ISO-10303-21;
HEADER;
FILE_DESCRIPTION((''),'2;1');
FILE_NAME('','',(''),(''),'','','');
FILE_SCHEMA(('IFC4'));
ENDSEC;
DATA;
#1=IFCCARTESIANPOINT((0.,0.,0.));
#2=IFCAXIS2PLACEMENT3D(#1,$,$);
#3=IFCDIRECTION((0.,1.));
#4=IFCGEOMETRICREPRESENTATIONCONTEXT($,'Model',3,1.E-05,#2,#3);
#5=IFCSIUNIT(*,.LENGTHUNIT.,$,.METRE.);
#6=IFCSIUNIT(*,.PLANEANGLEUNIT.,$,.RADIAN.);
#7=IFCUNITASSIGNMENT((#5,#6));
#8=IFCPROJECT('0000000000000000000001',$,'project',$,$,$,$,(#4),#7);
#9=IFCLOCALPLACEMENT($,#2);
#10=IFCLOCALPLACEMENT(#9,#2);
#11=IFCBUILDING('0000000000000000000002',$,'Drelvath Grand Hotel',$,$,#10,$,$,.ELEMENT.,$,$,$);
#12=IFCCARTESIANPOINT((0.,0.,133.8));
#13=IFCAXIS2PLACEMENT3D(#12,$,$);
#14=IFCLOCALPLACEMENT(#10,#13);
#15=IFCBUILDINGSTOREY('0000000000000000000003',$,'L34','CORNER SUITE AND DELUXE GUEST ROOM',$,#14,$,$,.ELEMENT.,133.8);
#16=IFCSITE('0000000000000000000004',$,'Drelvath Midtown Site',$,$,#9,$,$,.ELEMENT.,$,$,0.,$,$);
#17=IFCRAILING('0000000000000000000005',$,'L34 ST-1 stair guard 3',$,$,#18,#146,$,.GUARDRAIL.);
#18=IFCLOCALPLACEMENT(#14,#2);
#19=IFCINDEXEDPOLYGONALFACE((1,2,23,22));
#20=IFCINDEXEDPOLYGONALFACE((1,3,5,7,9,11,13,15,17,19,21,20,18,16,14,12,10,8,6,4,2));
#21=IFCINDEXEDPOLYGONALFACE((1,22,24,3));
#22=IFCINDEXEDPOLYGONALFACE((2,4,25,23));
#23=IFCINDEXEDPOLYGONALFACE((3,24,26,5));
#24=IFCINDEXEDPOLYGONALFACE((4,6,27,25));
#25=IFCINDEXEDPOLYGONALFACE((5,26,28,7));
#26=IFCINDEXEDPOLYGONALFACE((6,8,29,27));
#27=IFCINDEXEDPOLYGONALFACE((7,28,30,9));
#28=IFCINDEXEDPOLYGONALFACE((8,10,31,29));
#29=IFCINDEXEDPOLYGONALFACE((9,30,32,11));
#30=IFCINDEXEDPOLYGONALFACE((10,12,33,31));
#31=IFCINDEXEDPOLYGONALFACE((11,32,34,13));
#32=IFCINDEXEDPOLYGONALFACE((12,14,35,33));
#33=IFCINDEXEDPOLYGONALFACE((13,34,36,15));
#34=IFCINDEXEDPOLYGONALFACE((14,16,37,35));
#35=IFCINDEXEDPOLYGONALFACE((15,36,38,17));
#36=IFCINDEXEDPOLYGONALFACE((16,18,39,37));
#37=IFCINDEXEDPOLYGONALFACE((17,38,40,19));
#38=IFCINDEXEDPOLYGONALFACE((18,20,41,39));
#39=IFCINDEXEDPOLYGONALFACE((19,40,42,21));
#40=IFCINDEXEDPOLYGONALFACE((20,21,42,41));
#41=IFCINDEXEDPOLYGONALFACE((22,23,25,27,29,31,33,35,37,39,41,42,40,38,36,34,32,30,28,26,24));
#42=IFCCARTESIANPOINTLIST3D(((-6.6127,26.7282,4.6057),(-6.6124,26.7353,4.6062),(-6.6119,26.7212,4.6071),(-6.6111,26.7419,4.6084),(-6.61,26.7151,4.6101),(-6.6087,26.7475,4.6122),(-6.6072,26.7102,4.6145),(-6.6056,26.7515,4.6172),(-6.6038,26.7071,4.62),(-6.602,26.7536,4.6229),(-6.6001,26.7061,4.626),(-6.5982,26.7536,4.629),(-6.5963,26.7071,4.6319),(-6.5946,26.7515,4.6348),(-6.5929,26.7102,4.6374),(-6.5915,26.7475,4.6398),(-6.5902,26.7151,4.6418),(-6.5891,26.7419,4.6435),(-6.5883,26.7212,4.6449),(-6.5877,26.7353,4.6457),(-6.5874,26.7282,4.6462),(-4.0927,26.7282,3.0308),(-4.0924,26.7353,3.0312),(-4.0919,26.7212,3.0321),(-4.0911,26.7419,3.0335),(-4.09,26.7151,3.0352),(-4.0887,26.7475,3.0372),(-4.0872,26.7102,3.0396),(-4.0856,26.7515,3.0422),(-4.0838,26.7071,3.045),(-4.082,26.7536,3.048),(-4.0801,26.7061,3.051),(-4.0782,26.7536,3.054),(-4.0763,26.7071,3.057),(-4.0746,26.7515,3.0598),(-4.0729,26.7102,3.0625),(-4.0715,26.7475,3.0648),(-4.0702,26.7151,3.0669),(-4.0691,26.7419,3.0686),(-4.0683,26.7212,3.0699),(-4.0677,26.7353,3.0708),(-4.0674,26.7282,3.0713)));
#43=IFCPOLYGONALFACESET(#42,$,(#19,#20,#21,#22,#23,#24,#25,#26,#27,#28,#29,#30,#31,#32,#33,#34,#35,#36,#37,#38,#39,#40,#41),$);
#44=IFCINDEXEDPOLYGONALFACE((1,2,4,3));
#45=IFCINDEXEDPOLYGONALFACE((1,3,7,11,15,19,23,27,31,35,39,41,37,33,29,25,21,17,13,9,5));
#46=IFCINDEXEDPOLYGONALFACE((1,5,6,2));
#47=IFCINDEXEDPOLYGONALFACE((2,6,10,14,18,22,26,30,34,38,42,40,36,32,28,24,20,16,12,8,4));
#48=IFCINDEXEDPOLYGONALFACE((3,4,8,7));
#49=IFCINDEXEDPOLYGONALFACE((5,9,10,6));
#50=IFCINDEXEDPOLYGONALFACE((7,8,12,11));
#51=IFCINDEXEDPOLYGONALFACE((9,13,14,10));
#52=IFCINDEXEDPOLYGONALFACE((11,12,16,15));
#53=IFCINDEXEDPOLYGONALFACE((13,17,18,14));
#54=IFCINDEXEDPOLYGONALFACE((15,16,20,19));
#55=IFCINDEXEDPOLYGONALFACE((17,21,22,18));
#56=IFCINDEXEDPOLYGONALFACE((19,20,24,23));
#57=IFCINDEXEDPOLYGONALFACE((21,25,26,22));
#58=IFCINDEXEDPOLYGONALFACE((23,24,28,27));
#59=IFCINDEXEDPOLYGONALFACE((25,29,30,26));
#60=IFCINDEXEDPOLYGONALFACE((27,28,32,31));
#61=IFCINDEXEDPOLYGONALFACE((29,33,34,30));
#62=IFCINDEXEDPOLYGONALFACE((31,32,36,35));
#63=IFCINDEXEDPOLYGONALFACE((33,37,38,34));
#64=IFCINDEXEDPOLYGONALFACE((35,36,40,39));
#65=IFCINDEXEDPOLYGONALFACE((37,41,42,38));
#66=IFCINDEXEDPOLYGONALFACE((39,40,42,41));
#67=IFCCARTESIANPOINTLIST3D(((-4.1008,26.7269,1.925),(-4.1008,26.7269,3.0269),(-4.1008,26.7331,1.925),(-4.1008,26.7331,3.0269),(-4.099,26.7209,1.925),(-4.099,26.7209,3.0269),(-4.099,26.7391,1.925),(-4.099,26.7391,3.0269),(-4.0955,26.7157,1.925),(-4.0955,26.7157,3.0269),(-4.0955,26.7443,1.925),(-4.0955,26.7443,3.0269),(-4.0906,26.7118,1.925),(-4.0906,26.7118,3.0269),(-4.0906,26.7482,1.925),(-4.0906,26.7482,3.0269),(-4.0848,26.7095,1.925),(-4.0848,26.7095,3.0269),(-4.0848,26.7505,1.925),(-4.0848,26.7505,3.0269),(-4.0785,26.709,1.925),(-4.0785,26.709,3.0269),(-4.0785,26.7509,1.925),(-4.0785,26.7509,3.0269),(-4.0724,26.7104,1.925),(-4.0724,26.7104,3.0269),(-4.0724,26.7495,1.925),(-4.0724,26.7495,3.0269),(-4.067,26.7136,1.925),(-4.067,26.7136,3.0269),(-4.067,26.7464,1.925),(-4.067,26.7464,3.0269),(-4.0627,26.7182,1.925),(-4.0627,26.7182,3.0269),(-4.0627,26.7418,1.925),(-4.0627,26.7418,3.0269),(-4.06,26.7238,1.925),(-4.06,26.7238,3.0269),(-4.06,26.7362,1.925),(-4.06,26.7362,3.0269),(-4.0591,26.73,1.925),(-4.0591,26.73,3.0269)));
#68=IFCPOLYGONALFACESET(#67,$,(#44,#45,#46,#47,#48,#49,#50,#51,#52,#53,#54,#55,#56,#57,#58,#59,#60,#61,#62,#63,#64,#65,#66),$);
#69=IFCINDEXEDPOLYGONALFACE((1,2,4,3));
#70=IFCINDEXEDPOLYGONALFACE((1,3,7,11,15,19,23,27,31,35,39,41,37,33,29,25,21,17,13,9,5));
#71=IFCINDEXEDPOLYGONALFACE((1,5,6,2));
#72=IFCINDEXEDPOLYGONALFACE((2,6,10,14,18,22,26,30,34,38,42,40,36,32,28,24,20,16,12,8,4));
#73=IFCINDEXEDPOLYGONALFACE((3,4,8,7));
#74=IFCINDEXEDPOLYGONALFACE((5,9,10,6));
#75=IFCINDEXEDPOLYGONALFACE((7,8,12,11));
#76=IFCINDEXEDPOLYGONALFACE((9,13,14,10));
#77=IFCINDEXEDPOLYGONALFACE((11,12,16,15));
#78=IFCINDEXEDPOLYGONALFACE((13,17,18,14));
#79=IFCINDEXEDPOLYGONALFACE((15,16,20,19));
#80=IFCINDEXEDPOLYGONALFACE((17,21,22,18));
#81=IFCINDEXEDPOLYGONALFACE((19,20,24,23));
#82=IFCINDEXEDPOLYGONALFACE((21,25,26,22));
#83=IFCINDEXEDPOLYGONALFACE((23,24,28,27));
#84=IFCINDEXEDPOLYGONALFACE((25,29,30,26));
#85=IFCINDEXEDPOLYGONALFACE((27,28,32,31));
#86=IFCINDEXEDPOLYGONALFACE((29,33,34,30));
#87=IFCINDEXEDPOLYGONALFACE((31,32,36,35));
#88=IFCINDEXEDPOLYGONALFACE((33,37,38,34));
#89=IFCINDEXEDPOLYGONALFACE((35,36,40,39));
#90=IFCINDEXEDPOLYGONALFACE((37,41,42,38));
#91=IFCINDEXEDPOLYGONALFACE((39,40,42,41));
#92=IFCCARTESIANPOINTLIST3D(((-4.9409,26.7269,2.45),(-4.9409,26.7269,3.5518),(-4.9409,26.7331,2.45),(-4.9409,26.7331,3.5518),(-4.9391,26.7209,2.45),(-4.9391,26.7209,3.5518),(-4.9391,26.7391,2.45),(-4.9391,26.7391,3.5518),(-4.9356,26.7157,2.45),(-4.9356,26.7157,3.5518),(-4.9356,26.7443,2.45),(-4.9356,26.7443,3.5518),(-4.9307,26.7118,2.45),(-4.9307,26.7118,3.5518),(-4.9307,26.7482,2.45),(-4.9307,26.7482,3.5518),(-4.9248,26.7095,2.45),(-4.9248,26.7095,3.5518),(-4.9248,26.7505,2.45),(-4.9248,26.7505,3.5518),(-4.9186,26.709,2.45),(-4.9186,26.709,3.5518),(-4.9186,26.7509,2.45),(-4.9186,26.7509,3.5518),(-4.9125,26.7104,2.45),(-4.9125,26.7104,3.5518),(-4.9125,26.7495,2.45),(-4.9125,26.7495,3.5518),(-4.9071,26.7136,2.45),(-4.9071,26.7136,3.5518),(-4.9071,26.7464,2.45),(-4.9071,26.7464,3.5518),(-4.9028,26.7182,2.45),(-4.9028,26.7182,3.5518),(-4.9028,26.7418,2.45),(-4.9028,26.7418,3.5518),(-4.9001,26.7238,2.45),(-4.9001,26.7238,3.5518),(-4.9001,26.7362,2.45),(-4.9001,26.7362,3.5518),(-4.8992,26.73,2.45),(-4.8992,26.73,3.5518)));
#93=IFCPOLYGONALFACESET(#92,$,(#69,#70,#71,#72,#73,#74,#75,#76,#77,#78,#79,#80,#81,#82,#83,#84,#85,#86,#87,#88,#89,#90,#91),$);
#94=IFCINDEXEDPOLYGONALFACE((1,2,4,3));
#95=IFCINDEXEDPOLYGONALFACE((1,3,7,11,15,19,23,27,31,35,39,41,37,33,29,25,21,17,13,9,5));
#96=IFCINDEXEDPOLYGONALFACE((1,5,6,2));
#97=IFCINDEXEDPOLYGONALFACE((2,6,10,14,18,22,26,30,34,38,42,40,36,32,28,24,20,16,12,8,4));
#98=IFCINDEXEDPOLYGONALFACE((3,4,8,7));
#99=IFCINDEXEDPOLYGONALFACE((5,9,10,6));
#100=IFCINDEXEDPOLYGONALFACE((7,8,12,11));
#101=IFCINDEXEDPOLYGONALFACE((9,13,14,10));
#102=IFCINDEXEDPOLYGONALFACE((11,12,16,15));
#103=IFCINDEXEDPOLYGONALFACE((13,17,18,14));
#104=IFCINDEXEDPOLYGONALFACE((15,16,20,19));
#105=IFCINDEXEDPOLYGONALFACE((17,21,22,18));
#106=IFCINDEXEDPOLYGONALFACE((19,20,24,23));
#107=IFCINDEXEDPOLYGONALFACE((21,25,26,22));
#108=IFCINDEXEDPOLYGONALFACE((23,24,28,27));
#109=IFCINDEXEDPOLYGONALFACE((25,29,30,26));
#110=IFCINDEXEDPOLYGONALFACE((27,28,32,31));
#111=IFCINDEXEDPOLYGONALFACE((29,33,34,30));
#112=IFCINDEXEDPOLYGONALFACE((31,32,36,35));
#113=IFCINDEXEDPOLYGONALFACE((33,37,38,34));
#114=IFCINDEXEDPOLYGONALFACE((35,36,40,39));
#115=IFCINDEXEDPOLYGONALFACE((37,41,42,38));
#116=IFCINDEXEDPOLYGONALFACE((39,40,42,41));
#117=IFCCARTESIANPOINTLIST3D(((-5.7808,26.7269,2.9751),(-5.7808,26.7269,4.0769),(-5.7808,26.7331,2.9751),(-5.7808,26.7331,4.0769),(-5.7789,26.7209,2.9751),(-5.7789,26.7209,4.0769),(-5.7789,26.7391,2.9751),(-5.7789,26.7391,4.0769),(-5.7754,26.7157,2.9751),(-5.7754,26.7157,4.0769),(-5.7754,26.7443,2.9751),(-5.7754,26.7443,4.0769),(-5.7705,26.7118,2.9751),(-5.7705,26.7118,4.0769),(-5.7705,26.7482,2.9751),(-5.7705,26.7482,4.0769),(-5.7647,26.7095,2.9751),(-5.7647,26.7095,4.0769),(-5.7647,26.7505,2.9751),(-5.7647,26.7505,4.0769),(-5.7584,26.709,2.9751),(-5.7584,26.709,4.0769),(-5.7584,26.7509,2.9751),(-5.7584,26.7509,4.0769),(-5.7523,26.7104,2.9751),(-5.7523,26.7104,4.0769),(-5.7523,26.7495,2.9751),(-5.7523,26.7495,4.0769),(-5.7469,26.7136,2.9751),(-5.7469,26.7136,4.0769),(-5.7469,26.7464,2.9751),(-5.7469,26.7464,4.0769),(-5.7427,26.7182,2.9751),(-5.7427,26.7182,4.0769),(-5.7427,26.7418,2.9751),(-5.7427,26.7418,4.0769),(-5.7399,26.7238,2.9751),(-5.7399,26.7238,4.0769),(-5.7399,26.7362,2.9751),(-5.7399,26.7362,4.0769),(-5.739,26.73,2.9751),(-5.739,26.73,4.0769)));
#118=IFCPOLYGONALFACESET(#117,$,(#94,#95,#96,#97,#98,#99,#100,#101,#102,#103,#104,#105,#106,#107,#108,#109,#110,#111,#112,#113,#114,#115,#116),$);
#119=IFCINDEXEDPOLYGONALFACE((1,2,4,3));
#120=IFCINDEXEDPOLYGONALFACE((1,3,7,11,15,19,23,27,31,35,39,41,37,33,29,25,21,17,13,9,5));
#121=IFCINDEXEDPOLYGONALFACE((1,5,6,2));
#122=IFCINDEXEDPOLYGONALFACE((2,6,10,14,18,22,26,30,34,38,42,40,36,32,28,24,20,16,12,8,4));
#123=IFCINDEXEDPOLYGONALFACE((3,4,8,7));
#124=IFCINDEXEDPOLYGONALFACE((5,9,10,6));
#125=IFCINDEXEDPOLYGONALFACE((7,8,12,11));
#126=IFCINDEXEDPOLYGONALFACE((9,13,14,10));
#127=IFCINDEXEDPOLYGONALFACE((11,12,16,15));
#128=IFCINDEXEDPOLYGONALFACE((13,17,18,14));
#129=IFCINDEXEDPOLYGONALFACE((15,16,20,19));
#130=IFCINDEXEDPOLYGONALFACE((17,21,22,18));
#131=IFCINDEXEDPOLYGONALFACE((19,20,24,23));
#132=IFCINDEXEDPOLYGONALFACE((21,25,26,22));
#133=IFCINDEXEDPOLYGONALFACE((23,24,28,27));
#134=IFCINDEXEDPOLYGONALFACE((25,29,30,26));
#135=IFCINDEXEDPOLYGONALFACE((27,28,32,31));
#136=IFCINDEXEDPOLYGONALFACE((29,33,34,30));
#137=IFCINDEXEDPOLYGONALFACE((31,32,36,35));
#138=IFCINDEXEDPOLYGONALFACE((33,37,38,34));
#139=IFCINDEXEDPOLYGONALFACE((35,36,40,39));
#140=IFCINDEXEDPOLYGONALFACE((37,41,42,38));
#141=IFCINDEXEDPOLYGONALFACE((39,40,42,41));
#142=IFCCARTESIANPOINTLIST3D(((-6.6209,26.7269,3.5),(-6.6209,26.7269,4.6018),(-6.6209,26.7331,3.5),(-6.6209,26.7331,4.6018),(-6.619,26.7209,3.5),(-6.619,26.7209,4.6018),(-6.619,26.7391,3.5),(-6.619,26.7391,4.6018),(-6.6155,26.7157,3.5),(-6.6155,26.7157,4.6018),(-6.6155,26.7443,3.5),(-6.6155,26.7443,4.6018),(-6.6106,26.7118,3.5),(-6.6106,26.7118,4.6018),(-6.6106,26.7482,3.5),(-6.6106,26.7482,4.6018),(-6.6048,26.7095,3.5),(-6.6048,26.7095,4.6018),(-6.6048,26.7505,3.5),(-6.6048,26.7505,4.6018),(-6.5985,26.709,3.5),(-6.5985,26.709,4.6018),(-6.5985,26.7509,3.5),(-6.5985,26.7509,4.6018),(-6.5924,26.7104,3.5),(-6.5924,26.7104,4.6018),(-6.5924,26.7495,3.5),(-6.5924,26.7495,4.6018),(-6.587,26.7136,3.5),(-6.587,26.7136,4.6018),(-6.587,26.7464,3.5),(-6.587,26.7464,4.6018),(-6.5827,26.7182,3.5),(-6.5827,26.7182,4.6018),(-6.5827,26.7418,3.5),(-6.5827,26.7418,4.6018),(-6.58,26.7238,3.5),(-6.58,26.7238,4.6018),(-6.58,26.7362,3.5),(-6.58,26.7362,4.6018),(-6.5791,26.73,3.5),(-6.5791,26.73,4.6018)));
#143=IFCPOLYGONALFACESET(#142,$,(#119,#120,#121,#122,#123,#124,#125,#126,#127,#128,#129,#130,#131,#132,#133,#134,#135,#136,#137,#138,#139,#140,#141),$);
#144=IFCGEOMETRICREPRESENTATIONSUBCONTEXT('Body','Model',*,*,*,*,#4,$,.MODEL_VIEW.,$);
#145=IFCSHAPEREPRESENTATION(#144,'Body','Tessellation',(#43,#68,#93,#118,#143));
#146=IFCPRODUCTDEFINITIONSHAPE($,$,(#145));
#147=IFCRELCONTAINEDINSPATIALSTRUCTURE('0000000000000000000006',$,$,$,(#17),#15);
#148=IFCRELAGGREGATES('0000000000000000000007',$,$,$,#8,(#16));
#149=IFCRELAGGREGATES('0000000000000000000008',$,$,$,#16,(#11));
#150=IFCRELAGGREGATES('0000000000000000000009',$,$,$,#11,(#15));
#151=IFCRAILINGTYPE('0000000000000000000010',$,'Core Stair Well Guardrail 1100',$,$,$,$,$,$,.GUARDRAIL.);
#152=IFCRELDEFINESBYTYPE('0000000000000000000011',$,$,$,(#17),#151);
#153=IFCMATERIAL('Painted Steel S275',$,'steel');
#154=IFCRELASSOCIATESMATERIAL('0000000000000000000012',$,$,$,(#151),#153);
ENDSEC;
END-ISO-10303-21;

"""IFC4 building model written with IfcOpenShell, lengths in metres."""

from ifc_helpers import new_model, si_unit, direction, frame, origin, origin_2d, place, context, subcontext, project, spatial, circle, extrude, material, type_object, element, save


model = new_model("IFC4")

# Units and contexts
model_context = context("Model", 3, precision=1e-05, world=origin(), true_north=direction((0.0, 1.0)))
body_context = subcontext(model_context, "Body", "Model", "MODEL_VIEW")
ifc_project = project(units=[si_unit("LENGTHUNIT", "METRE"), si_unit("PLANEANGLEUNIT", "RADIAN")], contexts=[model_context])

# Site, building, storey
site_placement = place(None, origin())
site = spatial("IfcSite", under=ifc_project, at=site_placement, Name="Drelvath Midtown Site", CompositionType="ELEMENT", RefElevation=0.0)
building_placement = place(site_placement, origin())
building = spatial("IfcBuilding", under=site, at=building_placement, Name="Drelvath Grand Hotel", CompositionType="ELEMENT")
storey_placement = place(building_placement, frame((0.0, 0.0, 133.8)))
storey = spatial("IfcBuildingStorey", under=building, at=storey_placement, Name="L34", Description="CORNER SUITE AND DELUXE GUEST ROOM", CompositionType="ELEMENT", Elevation=133.8)

# Railing
ifc_material_1 = material(Name="Painted Steel S275", Category="steel")
railing_type_1 = type_object("IfcRailingType", Name="Core Stair Well Guardrail 1100", PredefinedType="GUARDRAIL", material=ifc_material_1)
railing_1_placement = place(storey_placement, frame((-4.0801, 26.73, 1.925)))
element("IfcRailing", 1, at=railing_1_placement, inside=storey, type_object=railing_type_1, Name="L34 ST-1 stair guard 3", PredefinedType="GUARDRAIL", context=body_context, shape_type="SweptSolid", body=[
    extrude(circle(Radius=0.0239, at=origin_2d()), frame((0.0, 0.0, 1.126), z_axis=(-0.848008, 0.0, 0.529984), x_axis=(0.0, -1.0, 0.0)), (0.0, 0.0, 1.0), 2.9717),
    extrude(circle(Radius=0.021, at=origin_2d()), origin(), (0.0, 0.0, 1.0), 1.1018),
    extrude(circle(Radius=0.021, at=origin_2d()), frame((-0.8401, 0.0, 0.5249)), (0.0, 0.0, 1.0), 1.1018),
    extrude(circle(Radius=0.021, at=origin_2d()), frame((-1.6799, 0.0, 1.05)), (0.0, 0.0, 1.0), 1.1018),
    extrude(circle(Radius=0.021, at=origin_2d()), frame((-2.52, 0.0, 1.575)), (0.0, 0.0, 1.0), 1.1018),
])

save(model, "model.ifc")
